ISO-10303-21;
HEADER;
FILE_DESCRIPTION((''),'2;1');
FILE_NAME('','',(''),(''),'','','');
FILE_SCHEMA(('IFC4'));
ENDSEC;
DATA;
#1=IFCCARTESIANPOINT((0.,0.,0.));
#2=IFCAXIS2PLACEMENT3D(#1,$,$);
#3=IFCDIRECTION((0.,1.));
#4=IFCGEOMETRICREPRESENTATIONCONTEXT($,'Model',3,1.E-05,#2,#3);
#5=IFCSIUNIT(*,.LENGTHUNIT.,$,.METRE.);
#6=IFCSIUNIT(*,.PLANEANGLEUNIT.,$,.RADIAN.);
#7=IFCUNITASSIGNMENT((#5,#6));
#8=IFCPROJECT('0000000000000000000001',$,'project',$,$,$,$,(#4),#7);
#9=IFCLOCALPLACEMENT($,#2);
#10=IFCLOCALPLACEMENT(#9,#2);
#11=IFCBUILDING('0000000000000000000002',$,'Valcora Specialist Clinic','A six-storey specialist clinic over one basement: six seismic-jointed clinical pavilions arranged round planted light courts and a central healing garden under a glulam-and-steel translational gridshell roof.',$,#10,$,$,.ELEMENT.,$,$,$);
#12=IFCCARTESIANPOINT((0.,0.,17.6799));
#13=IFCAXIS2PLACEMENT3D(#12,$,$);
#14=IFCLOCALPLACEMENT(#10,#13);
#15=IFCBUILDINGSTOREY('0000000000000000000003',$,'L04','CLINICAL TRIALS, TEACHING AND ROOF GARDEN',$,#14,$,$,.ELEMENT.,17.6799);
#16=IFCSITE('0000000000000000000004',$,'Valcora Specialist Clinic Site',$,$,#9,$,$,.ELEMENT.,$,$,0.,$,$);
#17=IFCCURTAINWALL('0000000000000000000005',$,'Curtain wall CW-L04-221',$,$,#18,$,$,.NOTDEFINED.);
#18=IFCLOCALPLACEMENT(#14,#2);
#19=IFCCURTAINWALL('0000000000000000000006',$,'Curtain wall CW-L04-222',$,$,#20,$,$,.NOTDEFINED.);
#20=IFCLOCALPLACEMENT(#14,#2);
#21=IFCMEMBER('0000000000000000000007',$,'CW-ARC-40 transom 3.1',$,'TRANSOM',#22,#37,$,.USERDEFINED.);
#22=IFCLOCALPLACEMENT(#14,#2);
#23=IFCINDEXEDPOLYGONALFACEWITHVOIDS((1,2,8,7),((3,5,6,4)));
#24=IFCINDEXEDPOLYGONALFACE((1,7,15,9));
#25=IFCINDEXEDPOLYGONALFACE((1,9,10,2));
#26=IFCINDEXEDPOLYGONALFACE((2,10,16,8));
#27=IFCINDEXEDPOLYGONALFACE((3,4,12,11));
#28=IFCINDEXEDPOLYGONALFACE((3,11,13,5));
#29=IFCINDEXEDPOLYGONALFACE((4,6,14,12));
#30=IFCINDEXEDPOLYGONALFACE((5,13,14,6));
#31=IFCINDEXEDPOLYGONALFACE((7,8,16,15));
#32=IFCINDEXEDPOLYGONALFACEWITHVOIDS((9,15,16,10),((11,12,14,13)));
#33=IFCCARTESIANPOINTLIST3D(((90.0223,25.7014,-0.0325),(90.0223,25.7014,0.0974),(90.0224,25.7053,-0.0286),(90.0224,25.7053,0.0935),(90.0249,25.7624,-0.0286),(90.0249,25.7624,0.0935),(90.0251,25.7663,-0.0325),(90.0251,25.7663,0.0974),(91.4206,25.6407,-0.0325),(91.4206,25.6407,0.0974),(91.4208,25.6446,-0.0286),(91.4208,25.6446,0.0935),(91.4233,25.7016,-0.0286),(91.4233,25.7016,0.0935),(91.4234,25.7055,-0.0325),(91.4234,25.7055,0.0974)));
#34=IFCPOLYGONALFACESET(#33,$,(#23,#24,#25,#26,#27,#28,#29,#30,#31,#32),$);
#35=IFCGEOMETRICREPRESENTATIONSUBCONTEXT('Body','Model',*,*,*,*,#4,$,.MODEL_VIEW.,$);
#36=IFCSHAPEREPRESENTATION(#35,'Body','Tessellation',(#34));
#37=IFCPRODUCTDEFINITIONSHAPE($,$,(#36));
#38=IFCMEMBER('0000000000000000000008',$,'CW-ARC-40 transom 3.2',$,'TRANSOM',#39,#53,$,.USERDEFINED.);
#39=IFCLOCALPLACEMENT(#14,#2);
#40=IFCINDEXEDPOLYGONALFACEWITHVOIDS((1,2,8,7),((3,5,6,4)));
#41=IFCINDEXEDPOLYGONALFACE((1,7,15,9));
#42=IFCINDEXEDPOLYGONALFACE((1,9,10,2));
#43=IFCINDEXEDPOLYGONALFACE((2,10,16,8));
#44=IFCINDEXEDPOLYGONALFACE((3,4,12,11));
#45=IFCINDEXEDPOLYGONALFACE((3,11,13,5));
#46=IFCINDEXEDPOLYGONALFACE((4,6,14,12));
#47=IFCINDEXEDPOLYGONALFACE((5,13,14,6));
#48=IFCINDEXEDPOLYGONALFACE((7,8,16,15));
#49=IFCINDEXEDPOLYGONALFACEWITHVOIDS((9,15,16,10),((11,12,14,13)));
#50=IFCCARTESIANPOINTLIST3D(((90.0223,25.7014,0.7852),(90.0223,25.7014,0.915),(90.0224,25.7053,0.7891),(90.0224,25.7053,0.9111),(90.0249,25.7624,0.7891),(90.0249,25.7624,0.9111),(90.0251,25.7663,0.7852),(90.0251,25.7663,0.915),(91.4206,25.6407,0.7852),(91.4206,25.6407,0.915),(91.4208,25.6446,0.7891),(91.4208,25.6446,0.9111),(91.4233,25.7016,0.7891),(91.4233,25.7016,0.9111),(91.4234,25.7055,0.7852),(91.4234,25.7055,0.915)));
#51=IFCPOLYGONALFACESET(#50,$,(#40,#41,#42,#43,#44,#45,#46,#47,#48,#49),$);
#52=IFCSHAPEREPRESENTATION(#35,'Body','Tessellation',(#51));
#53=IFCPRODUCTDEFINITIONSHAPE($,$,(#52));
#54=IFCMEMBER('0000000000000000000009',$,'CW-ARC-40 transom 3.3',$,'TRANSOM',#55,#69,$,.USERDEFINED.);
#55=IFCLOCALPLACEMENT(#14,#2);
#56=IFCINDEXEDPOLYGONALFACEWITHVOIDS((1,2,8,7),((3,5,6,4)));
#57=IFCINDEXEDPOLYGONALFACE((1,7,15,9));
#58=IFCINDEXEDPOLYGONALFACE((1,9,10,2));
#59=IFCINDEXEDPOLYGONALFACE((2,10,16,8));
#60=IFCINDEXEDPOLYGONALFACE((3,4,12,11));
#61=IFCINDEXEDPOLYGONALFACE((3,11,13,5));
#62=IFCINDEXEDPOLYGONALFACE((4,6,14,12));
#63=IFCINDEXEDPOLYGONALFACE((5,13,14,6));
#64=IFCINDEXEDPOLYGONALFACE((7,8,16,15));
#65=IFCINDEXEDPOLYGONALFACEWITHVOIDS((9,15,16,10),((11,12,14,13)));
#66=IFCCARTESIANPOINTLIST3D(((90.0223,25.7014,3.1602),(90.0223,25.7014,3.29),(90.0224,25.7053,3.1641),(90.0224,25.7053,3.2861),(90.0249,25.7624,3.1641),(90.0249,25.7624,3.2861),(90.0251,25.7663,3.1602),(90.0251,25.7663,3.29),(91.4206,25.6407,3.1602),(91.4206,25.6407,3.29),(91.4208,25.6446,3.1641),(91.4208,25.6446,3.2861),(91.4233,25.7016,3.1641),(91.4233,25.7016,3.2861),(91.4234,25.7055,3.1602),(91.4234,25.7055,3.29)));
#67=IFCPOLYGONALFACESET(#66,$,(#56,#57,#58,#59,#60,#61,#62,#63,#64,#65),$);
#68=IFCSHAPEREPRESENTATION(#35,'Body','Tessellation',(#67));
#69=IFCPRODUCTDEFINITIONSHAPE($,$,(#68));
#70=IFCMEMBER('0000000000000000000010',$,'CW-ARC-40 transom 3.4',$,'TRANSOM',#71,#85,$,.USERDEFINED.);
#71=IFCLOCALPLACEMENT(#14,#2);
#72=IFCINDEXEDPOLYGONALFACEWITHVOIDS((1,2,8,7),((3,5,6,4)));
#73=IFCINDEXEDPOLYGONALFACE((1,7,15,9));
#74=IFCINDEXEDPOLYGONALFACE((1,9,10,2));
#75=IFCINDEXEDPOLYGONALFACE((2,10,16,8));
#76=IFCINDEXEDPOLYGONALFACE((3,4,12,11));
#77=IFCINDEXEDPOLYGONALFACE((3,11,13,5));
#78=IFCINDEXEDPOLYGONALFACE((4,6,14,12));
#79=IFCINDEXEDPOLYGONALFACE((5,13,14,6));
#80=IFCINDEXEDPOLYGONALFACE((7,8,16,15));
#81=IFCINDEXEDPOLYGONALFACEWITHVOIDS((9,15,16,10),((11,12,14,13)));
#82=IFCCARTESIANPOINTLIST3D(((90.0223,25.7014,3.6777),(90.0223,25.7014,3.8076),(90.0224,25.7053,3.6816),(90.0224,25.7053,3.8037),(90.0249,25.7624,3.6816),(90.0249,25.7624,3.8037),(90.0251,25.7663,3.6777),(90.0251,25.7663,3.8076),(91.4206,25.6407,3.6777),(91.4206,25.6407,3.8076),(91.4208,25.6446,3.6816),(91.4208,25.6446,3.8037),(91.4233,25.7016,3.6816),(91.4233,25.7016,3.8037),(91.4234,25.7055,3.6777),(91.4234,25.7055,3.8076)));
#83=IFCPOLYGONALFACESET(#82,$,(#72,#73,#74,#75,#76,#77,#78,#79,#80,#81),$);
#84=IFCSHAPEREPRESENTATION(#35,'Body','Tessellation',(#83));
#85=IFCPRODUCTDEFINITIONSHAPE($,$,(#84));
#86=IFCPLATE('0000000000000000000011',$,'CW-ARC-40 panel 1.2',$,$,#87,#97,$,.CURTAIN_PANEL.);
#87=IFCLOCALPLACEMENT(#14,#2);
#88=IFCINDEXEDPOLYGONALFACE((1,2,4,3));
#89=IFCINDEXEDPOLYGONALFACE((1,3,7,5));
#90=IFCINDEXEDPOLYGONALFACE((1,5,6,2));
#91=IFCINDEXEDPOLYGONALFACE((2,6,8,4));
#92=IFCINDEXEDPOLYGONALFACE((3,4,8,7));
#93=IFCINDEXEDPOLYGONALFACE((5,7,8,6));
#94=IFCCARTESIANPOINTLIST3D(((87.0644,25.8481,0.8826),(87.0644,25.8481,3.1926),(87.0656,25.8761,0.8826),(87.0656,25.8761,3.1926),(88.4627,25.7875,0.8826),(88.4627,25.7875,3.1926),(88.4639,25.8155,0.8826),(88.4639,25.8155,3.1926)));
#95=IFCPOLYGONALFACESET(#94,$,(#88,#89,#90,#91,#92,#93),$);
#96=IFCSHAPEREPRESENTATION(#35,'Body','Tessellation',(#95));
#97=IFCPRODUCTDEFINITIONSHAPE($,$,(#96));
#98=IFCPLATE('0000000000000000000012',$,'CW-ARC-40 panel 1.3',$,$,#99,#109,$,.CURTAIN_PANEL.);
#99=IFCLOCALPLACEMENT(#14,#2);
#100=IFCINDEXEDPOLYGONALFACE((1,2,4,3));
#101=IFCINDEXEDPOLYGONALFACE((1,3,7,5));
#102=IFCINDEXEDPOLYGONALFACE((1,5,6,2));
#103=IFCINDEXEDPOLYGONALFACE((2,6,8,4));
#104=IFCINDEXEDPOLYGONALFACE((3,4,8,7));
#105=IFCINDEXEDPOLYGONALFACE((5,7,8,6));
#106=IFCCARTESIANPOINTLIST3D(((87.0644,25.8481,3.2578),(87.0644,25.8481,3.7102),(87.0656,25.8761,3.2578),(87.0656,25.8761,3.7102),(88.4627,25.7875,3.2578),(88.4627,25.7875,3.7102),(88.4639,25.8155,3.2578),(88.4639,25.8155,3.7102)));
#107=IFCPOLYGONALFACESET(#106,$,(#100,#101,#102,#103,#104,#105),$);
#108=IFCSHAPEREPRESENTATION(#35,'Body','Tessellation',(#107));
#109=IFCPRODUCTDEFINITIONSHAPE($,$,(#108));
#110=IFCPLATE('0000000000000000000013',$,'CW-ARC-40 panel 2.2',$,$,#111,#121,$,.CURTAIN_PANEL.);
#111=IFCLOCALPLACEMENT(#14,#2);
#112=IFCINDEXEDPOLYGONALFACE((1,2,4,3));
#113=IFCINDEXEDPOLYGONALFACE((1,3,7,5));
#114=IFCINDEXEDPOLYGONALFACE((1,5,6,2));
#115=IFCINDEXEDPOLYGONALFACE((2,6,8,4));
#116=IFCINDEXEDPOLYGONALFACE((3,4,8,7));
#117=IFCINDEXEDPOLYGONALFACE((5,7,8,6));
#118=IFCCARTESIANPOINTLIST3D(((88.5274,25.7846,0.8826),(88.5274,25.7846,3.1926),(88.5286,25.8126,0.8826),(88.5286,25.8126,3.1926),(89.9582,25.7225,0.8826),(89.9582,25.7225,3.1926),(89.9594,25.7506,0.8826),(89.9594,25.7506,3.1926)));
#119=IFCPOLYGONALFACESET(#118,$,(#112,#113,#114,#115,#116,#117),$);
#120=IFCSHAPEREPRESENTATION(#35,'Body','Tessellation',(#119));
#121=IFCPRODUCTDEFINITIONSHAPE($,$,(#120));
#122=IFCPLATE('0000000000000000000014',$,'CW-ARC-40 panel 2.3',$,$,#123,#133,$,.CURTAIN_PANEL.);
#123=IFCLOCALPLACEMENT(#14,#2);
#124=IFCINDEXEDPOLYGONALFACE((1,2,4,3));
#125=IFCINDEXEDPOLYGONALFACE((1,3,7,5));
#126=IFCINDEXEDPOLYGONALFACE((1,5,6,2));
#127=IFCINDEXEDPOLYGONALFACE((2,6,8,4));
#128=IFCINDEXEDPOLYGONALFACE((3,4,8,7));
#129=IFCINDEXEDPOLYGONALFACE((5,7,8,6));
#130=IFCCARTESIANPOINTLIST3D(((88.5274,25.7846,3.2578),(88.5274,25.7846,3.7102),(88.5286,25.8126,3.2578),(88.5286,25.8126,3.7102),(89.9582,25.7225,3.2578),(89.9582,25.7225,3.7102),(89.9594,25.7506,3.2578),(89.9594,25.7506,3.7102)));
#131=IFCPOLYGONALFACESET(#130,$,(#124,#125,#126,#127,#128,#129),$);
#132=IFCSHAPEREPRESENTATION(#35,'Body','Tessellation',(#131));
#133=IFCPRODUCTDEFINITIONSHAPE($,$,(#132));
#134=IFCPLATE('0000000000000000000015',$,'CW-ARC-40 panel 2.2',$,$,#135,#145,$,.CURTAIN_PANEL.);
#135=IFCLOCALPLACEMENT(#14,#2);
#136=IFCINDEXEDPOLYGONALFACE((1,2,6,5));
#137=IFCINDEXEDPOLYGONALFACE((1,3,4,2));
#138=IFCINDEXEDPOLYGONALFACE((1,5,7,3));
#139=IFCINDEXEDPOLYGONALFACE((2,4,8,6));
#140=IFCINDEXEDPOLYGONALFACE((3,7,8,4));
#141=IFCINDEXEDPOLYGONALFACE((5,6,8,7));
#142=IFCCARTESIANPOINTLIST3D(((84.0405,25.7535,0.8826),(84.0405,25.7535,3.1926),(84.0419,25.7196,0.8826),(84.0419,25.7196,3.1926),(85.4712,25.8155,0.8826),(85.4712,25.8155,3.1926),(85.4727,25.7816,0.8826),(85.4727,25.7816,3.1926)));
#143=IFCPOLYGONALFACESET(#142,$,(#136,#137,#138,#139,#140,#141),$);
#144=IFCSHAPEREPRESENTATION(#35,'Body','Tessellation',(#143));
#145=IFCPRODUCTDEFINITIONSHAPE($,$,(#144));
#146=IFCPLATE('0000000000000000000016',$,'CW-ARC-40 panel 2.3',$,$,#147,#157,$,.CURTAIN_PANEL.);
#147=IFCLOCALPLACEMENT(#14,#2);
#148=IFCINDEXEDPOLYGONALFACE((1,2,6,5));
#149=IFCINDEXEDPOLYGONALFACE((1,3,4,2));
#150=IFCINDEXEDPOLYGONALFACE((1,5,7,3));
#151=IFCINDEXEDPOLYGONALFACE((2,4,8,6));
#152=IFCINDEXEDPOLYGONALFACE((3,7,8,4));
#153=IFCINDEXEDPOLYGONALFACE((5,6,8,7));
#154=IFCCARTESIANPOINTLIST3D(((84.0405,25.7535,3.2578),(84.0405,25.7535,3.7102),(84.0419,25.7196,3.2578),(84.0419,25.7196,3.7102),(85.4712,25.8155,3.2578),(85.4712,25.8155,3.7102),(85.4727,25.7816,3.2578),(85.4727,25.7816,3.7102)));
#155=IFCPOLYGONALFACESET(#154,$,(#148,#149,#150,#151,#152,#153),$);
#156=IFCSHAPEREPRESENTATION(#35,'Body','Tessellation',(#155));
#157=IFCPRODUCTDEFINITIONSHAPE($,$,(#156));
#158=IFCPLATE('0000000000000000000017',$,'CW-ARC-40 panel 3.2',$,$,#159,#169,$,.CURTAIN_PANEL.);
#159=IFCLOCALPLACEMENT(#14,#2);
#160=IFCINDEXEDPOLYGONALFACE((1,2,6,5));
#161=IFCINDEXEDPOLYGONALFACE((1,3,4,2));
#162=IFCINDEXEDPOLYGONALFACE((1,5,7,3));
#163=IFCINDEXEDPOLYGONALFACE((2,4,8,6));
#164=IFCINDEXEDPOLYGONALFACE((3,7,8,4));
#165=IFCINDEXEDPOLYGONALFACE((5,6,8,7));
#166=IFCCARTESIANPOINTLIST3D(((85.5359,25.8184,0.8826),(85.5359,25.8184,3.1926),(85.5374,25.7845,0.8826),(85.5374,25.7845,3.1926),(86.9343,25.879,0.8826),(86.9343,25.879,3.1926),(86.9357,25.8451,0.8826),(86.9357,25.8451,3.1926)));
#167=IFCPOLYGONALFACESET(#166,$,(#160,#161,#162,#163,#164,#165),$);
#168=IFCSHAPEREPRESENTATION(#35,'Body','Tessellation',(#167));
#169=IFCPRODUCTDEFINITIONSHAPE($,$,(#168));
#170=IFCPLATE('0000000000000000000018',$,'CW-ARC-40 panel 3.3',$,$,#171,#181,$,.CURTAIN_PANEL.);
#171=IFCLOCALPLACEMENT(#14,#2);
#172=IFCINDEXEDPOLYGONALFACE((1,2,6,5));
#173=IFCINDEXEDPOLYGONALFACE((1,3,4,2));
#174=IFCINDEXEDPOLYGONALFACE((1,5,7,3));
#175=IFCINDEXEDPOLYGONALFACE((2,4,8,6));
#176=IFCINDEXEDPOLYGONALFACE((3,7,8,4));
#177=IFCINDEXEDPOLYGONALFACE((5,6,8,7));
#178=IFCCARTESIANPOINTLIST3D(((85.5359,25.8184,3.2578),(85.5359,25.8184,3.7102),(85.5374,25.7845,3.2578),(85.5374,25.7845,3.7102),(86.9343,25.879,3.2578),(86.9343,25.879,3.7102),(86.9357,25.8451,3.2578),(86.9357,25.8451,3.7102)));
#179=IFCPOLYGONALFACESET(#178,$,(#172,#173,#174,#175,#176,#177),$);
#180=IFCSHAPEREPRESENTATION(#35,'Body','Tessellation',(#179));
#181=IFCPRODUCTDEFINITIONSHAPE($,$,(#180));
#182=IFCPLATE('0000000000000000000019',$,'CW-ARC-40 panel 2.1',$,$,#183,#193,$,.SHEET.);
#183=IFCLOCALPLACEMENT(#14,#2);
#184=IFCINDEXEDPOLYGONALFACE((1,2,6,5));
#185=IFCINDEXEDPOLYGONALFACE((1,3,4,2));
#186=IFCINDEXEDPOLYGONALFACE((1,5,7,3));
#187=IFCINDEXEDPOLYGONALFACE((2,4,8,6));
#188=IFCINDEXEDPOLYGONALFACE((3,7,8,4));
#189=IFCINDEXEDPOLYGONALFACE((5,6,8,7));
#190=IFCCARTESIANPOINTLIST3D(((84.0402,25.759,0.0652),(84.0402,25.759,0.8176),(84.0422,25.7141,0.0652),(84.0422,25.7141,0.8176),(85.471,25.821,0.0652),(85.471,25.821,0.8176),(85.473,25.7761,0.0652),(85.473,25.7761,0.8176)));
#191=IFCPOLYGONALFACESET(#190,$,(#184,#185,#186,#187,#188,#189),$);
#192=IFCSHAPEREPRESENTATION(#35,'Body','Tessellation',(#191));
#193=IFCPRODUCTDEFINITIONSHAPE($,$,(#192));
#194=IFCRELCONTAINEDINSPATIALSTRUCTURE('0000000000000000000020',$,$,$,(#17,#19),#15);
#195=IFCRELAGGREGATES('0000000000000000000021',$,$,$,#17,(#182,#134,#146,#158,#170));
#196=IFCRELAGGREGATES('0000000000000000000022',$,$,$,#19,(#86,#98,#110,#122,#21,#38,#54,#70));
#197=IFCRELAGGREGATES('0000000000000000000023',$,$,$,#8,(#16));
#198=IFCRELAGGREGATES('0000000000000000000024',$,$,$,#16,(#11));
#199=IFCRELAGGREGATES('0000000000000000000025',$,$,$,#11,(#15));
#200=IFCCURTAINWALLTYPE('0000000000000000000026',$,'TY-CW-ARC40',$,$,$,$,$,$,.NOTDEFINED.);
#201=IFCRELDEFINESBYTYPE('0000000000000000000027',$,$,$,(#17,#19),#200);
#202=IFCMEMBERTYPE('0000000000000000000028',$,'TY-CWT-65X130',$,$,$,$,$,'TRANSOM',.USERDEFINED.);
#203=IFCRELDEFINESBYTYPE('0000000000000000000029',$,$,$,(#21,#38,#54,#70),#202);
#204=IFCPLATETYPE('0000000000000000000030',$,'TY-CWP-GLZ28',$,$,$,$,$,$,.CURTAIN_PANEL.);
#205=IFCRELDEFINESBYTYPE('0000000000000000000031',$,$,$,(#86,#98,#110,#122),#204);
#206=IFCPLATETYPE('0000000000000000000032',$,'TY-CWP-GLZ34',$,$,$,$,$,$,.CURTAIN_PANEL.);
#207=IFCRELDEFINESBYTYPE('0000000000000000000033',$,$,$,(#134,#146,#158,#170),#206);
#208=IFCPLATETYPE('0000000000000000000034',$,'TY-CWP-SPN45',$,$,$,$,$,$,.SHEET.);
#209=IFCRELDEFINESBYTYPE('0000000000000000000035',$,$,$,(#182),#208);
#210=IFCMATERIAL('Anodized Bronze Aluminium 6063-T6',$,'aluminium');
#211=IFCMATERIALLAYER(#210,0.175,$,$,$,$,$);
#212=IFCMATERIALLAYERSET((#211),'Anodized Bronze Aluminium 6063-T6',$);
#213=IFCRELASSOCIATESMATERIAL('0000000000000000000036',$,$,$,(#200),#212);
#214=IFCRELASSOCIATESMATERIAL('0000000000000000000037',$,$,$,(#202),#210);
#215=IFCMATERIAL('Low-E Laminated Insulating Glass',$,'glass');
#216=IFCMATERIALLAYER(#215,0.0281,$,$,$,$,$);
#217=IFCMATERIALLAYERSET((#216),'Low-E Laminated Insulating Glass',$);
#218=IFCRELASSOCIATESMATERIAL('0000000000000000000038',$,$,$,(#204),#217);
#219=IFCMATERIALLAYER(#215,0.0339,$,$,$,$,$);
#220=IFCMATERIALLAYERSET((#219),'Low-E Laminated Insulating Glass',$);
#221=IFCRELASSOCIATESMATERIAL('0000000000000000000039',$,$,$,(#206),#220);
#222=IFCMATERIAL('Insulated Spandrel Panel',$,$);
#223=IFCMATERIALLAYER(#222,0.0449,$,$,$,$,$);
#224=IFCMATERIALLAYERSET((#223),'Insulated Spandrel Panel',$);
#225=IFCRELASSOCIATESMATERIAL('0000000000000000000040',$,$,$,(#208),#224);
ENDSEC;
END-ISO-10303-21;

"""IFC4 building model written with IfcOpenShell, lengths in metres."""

from ifc_helpers import new_model, si_unit, direction, frame, origin, origin_2d, place, context, subcontext, project, spatial, rectangle, hollow_rectangle, extrude, material, layer, layer_set, material_profile, profile_set, type_object, element, aggregate, save


model = new_model("IFC4")

# Units and contexts
model_context = context("Model", 3, precision=1e-05, world=origin(), true_north=direction((0.0, 1.0)))
body_context = subcontext(model_context, "Body", "Model", "MODEL_VIEW")
ifc_project = project(units=[si_unit("LENGTHUNIT", "METRE"), si_unit("PLANEANGLEUNIT", "RADIAN")], contexts=[model_context])

# Site, building, storey
site_placement = place(None, origin())
site = spatial("IfcSite", under=ifc_project, at=site_placement, Name="Valcora Specialist Clinic Site", CompositionType="ELEMENT", RefElevation=0.0)
building_placement = place(site_placement, origin())
building = spatial("IfcBuilding", under=site, at=building_placement, Name="Valcora Specialist Clinic", Description="A six-storey specialist clinic over one basement: six seismic-jointed clinical pavilions arranged round planted light courts and a central healing garden under a glulam-and-steel translational gridshell roof.", CompositionType="ELEMENT")
storey_placement = place(building_placement, frame((0.0, 0.0, 17.6799)))
storey = spatial("IfcBuildingStorey", under=building, at=storey_placement, Name="L04", Description="CLINICAL TRIALS, TEACHING AND ROOF GARDEN", CompositionType="ELEMENT", Elevation=17.6799)

# Curtain walls
ifc_material_1 = material(Name="Anodized Bronze Aluminium 6063-T6", Category="aluminium")
ifc_layer_1 = layer(ifc_material_1, 0.175)
ifc_layer_set_1 = layer_set([ifc_layer_1], Name="Anodized Bronze Aluminium 6063-T6")
curtain_wall_type = type_object("IfcCurtainWallType", Name="TY-CW-ARC40", PredefinedType="NOTDEFINED", material=ifc_layer_set_1)
curtain_wall_1_placement = place(storey_placement, origin())
curtain_wall_1 = element("IfcCurtainWall", 1, at=curtain_wall_1_placement, inside=storey, type_object=curtain_wall_type, Name="Curtain wall CW-L04-221", PredefinedType="NOTDEFINED")
curtain_wall_2_placement = place(storey_placement, origin())
curtain_wall_2 = element("IfcCurtainWall", 2, at=curtain_wall_2_placement, inside=storey, type_object=curtain_wall_type, Name="Curtain wall CW-L04-222", PredefinedType="NOTDEFINED")

# Members
ifc_material_profile_1 = material_profile(ifc_material_1, hollow_rectangle(XDim=0.0649, YDim=0.1299, WallThickness=0.0039, at=origin_2d()), Name="AL-TRN-65X130")
ifc_profile_set_1 = profile_set([ifc_material_profile_1], Name="Anodized Bronze Aluminium 6063-T6")
member_type_1 = type_object("IfcMemberType", Name="TY-CWT-65X130", ElementType="TRANSOM", PredefinedType="USERDEFINED", material=ifc_profile_set_1)
member_1_placement = place(storey_placement, frame((90.0237, 25.7339, 0.0325), z_axis=(0.999056, -0.04343, 0.0), x_axis=(0.04343, 0.999056, 0.0)))
member_1 = element("IfcMember", 3, at=member_1_placement, type_object=member_type_1, Name="CW-ARC-40 transom 3.1", ObjectType="TRANSOM", PredefinedType="USERDEFINED", context=body_context, shape_type="SweptSolid", body=[
    extrude(hollow_rectangle(XDim=0.0649, YDim=0.1299, WallThickness=0.0039, at=origin_2d()), origin(), (0.0, 0.0, 1.0), 1.3997),
])
member_2_placement = place(storey_placement, frame((90.0237, 25.7339, 0.8501), z_axis=(0.999056, -0.04343, 0.0), x_axis=(0.04343, 0.999056, 0.0)))
member_2 = element("IfcMember", 4, at=member_2_placement, type_object=member_type_1, Name="CW-ARC-40 transom 3.2", ObjectType="TRANSOM", PredefinedType="USERDEFINED", context=body_context, shape_type="SweptSolid", body=[
    extrude(hollow_rectangle(XDim=0.0649, YDim=0.1299, WallThickness=0.0039, at=origin_2d()), origin(), (0.0, 0.0, 1.0), 1.3997),
])
member_3_placement = place(storey_placement, frame((90.0237, 25.7339, 3.2251), z_axis=(0.999056, -0.04343, 0.0), x_axis=(0.04343, 0.999056, 0.0)))
member_3 = element("IfcMember", 5, at=member_3_placement, type_object=member_type_1, Name="CW-ARC-40 transom 3.3", ObjectType="TRANSOM", PredefinedType="USERDEFINED", context=body_context, shape_type="SweptSolid", body=[
    extrude(hollow_rectangle(XDim=0.0649, YDim=0.1299, WallThickness=0.0039, at=origin_2d()), origin(), (0.0, 0.0, 1.0), 1.3997),
])
member_4_placement = place(storey_placement, frame((90.0237, 25.7339, 3.7427), z_axis=(0.999056, -0.04343, 0.0), x_axis=(0.04343, 0.999056, 0.0)))
member_4 = element("IfcMember", 6, at=member_4_placement, type_object=member_type_1, Name="CW-ARC-40 transom 3.4", ObjectType="TRANSOM", PredefinedType="USERDEFINED", context=body_context, shape_type="SweptSolid", body=[
    extrude(hollow_rectangle(XDim=0.0649, YDim=0.1299, WallThickness=0.0039, at=origin_2d()), origin(), (0.0, 0.0, 1.0), 1.3997),
])

# Plates
ifc_material_2 = material(Name="Low-E Laminated Insulating Glass", Category="glass")
ifc_layer_2 = layer(ifc_material_2, 0.0281)
ifc_layer_set_2 = layer_set([ifc_layer_2], Name="Low-E Laminated Insulating Glass")
plate_type_1 = type_object("IfcPlateType", Name="TY-CWP-GLZ28", PredefinedType="CURTAIN_PANEL", material=ifc_layer_set_2)
plate_1_placement = place(storey_placement, frame((87.7642, 25.8318, 0.8826), z_axis=(0.0, 0.0, 1.0), x_axis=(0.999062, -0.043307, 0.0)))
plate_1 = element("IfcPlate", 7, at=plate_1_placement, type_object=plate_type_1, Name="CW-ARC-40 panel 1.2", PredefinedType="CURTAIN_PANEL", context=body_context, shape_type="SweptSolid", body=[
    extrude(rectangle(XDim=1.3997, YDim=0.0281, at=origin_2d()), origin(), (0.0, 0.0, 1.0), 2.3101),
])
plate_2_placement = place(storey_placement, frame((87.7642, 25.8318, 3.2578), z_axis=(0.0, 0.0, 1.0), x_axis=(0.999062, -0.043307, 0.0)))
plate_2 = element("IfcPlate", 8, at=plate_2_placement, type_object=plate_type_1, Name="CW-ARC-40 panel 1.3", PredefinedType="CURTAIN_PANEL", context=body_context, shape_type="SweptSolid", body=[
    extrude(rectangle(XDim=1.3997, YDim=0.0281, at=origin_2d()), origin(), (0.0, 0.0, 1.0), 0.4524),
])
plate_3_placement = place(storey_placement, frame((89.2434, 25.7676, 0.8826), z_axis=(0.0, 0.0, 1.0), x_axis=(0.999062, -0.043307, 0.0)))
plate_3 = element("IfcPlate", 9, at=plate_3_placement, type_object=plate_type_1, Name="CW-ARC-40 panel 2.2", PredefinedType="CURTAIN_PANEL", context=body_context, shape_type="SweptSolid", body=[
    extrude(rectangle(XDim=1.4321, YDim=0.0281, at=origin_2d()), origin(), (0.0, 0.0, 1.0), 2.3101),
])
plate_4_placement = place(storey_placement, frame((89.2434, 25.7676, 3.2578), z_axis=(0.0, 0.0, 1.0), x_axis=(0.999062, -0.043307, 0.0)))
plate_4 = element("IfcPlate", 10, at=plate_4_placement, type_object=plate_type_1, Name="CW-ARC-40 panel 2.3", PredefinedType="CURTAIN_PANEL", context=body_context, shape_type="SweptSolid", body=[
    extrude(rectangle(XDim=1.4321, YDim=0.0281, at=origin_2d()), origin(), (0.0, 0.0, 1.0), 0.4524),
])
ifc_layer_3 = layer(ifc_material_2, 0.0339)
ifc_layer_set_3 = layer_set([ifc_layer_3], Name="Low-E Laminated Insulating Glass")
plate_type_2 = type_object("IfcPlateType", Name="TY-CWP-GLZ34", PredefinedType="CURTAIN_PANEL", material=ifc_layer_set_3)
plate_5_placement = place(storey_placement, frame((84.7566, 25.7676, 0.8826), z_axis=(0.0, 0.0, 1.0), x_axis=(0.999062, 0.043307, 0.0)))
plate_5 = element("IfcPlate", 11, at=plate_5_placement, type_object=plate_type_2, Name="CW-ARC-40 panel 2.2", PredefinedType="CURTAIN_PANEL", context=body_context, shape_type="SweptSolid", body=[
    extrude(rectangle(XDim=1.4321, YDim=0.0339, at=origin_2d()), origin(), (0.0, 0.0, 1.0), 2.3101),
])
plate_6_placement = place(storey_placement, frame((84.7566, 25.7676, 3.2578), z_axis=(0.0, 0.0, 1.0), x_axis=(0.999062, 0.043307, 0.0)))
plate_6 = element("IfcPlate", 12, at=plate_6_placement, type_object=plate_type_2, Name="CW-ARC-40 panel 2.3", PredefinedType="CURTAIN_PANEL", context=body_context, shape_type="SweptSolid", body=[
    extrude(rectangle(XDim=1.4321, YDim=0.0339, at=origin_2d()), origin(), (0.0, 0.0, 1.0), 0.4524),
])
plate_7_placement = place(storey_placement, frame((86.2358, 25.8318, 0.8826), z_axis=(0.0, 0.0, 1.0), x_axis=(0.999062, 0.043307, 0.0)))
plate_7 = element("IfcPlate", 13, at=plate_7_placement, type_object=plate_type_2, Name="CW-ARC-40 panel 3.2", PredefinedType="CURTAIN_PANEL", context=body_context, shape_type="SweptSolid", body=[
    extrude(rectangle(XDim=1.3997, YDim=0.0339, at=origin_2d()), origin(), (0.0, 0.0, 1.0), 2.3101),
])
plate_8_placement = place(storey_placement, frame((86.2358, 25.8318, 3.2578), z_axis=(0.0, 0.0, 1.0), x_axis=(0.999062, 0.043307, 0.0)))
plate_8 = element("IfcPlate", 14, at=plate_8_placement, type_object=plate_type_2, Name="CW-ARC-40 panel 3.3", PredefinedType="CURTAIN_PANEL", context=body_context, shape_type="SweptSolid", body=[
    extrude(rectangle(XDim=1.3997, YDim=0.0339, at=origin_2d()), origin(), (0.0, 0.0, 1.0), 0.4524),
])
ifc_material_3 = material(Name="Insulated Spandrel Panel")
ifc_layer_4 = layer(ifc_material_3, 0.0449)
ifc_layer_set_4 = layer_set([ifc_layer_4], Name="Insulated Spandrel Panel")
plate_type_3 = type_object("IfcPlateType", Name="TY-CWP-SPN45", PredefinedType="SHEET", material=ifc_layer_set_4)
plate_9_placement = place(storey_placement, frame((84.7566, 25.7676, 0.0652), z_axis=(0.0, 0.0, 1.0), x_axis=(0.999062, 0.043307, 0.0)))
plate_9 = element("IfcPlate", 15, at=plate_9_placement, type_object=plate_type_3, Name="CW-ARC-40 panel 2.1", PredefinedType="SHEET", context=body_context, shape_type="SweptSolid", body=[
    extrude(rectangle(XDim=1.4321, YDim=0.0449, at=origin_2d()), origin(), (0.0, 0.0, 1.0), 0.7524),
])
aggregate(curtain_wall_1, [plate_9, plate_5, plate_6, plate_7, plate_8])
aggregate(curtain_wall_2, [plate_1, plate_2, plate_3, plate_4, member_1, member_2, member_3, member_4])

save(model, "model.ifc")
